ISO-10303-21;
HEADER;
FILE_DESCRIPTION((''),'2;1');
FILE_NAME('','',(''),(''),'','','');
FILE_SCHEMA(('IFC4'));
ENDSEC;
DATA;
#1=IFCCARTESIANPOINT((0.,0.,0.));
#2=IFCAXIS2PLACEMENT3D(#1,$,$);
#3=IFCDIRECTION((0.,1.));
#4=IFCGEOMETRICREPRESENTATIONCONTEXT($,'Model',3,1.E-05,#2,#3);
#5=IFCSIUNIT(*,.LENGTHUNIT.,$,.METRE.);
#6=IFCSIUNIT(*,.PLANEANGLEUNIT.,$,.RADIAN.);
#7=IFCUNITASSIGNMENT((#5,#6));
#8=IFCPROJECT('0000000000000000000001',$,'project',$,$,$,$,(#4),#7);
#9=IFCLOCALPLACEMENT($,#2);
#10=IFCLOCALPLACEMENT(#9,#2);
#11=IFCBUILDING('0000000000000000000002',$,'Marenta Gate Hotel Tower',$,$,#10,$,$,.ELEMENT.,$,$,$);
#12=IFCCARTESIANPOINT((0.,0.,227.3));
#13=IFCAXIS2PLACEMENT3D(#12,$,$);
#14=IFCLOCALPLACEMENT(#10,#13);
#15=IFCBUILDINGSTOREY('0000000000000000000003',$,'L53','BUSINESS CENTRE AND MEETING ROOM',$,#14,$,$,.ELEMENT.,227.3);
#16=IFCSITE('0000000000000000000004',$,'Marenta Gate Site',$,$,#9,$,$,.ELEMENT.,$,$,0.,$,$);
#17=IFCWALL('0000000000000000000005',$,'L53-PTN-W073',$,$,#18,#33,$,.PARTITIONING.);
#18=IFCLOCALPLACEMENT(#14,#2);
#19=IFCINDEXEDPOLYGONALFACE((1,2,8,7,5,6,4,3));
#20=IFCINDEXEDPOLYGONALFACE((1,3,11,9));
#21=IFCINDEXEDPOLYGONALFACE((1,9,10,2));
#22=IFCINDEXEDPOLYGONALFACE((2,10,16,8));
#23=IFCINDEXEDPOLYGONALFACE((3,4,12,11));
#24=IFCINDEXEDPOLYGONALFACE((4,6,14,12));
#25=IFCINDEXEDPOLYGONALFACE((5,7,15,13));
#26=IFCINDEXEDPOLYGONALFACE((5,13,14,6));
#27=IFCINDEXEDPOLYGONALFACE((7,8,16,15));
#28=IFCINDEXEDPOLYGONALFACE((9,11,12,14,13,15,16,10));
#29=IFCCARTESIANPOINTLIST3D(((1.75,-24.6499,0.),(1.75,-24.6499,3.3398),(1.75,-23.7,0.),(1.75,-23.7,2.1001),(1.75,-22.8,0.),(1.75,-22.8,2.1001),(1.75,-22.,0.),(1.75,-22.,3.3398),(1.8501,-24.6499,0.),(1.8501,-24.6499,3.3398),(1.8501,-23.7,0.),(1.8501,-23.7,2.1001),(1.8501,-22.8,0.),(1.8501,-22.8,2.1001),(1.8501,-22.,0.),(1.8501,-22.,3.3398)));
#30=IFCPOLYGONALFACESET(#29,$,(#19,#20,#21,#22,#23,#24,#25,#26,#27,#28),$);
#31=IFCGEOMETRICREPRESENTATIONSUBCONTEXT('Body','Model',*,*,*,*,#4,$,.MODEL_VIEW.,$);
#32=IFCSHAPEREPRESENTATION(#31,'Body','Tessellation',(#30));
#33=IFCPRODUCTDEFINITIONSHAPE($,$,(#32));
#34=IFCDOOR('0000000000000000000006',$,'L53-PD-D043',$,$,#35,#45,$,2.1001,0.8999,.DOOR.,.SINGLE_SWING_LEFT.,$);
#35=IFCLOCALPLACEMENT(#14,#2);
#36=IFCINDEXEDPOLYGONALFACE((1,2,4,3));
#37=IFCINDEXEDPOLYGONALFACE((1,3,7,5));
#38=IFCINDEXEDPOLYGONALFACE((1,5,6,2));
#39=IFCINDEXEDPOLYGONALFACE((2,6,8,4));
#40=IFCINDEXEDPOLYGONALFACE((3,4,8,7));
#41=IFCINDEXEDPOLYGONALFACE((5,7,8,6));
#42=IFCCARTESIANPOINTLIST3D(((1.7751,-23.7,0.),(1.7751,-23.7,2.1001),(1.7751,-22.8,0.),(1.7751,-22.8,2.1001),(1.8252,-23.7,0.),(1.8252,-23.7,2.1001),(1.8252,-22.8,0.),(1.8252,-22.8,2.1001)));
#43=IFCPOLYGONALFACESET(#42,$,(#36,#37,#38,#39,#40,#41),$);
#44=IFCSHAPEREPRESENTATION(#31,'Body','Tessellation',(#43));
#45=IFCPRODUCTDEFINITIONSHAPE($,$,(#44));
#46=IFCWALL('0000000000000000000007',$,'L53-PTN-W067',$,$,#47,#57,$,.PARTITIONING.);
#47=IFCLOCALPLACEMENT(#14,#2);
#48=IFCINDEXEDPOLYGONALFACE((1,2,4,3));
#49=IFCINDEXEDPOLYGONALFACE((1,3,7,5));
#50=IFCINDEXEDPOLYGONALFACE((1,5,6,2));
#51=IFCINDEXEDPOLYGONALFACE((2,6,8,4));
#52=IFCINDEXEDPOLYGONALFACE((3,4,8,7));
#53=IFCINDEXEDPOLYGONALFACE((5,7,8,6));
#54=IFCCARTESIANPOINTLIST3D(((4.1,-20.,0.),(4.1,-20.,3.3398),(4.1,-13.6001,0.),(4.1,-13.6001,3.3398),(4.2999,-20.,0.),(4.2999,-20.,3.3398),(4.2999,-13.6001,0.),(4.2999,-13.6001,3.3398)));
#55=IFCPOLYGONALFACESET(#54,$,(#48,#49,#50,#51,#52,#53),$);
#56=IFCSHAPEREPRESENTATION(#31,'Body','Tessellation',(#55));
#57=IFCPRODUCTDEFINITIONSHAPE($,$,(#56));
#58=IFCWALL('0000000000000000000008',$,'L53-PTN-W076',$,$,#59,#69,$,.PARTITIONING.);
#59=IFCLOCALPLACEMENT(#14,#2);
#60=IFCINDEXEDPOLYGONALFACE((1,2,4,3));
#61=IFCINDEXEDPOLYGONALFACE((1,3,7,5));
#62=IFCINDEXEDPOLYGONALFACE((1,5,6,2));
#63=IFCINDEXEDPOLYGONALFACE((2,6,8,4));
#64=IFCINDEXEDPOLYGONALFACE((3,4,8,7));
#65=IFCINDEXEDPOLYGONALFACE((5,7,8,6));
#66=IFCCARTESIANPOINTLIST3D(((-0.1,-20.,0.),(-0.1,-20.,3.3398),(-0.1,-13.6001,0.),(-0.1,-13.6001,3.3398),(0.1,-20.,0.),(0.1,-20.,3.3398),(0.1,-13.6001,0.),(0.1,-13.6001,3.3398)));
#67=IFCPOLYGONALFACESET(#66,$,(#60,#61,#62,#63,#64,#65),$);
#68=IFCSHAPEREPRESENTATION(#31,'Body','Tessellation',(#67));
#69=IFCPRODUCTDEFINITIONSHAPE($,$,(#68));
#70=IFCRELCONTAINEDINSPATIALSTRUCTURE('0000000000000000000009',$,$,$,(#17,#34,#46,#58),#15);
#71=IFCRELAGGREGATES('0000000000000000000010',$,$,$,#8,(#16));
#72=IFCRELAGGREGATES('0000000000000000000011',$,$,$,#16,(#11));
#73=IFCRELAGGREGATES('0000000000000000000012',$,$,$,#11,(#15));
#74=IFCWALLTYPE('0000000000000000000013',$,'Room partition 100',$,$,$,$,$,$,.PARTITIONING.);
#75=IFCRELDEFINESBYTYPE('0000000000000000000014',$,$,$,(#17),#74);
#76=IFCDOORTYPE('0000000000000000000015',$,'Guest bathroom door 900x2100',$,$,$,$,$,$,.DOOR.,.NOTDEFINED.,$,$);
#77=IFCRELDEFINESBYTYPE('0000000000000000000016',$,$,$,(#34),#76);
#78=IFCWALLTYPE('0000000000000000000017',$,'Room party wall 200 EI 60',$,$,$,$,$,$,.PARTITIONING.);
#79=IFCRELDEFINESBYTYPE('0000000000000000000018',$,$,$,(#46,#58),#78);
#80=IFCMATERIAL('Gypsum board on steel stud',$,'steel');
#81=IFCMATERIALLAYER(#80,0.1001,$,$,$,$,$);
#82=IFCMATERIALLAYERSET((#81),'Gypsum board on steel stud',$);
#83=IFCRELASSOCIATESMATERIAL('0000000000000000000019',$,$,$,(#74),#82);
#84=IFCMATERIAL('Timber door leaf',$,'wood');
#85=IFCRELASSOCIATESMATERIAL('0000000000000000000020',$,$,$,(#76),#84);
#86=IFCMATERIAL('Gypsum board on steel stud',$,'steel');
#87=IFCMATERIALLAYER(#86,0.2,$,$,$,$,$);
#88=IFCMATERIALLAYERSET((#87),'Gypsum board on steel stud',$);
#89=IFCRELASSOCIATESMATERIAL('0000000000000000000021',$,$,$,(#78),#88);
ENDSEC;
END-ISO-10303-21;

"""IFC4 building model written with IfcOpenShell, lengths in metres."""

from ifc_helpers import new_model, si_unit, direction, frame, frame_2d, origin, place, context, subcontext, project, spatial, rectangle, extrude, material, layer, layer_set, type_object, element, fill, save


model = new_model("IFC4")

# Units and contexts
model_context = context("Model", 3, precision=1e-05, world=origin(), true_north=direction((0.0, 1.0)))
body_context = subcontext(model_context, "Body", "Model", "MODEL_VIEW")
ifc_project = project(units=[si_unit("LENGTHUNIT", "METRE"), si_unit("PLANEANGLEUNIT", "RADIAN")], contexts=[model_context])

# Site, building, storey
site_placement = place(None, origin())
site = spatial("IfcSite", under=ifc_project, at=site_placement, Name="Marenta Gate Site", CompositionType="ELEMENT", RefElevation=0.0)
building_placement = place(site_placement, origin())
building = spatial("IfcBuilding", under=site, at=building_placement, Name="Marenta Gate Hotel Tower", CompositionType="ELEMENT")
storey_placement = place(building_placement, frame((0.0, 0.0, 227.3)))
storey = spatial("IfcBuildingStorey", under=building, at=storey_placement, Name="L53", Description="BUSINESS CENTRE AND MEETING ROOM", CompositionType="ELEMENT", Elevation=227.3)

# Shared definitions
ifc_material_1 = material(Name="Gypsum board on steel stud", Category="steel")
ifc_layer_1 = layer(ifc_material_1, 0.1001)
ifc_layer_set_1 = layer_set([ifc_layer_1], Name="Gypsum board on steel stud")
wall_type_1 = type_object("IfcWallType", Name="Room partition 100", PredefinedType="PARTITIONING", material=ifc_layer_set_1)

# Shared definitions
ifc_material_2 = material(Name="Timber door leaf", Category="wood")
door_type_1 = type_object("IfcDoorType", Name="Guest bathroom door 900x2100", OperationType="NOTDEFINED", PredefinedType="DOOR", material=ifc_material_2)

# Wall, opening, door
wall_1_placement = place(storey_placement, frame((1.8, -24.6499, 0.0), z_axis=(0.0, 0.0, 1.0), x_axis=(0.0, 1.0, 0.0)))
wall_1 = element("IfcWall", 1, at=wall_1_placement, inside=storey, type_object=wall_type_1, Name="L53-PTN-W073", PredefinedType="PARTITIONING", context=body_context, shape_type="SweptSolid", body=[
    extrude(rectangle(XDim=2.6499, YDim=0.1001, at=frame_2d((1.325, 0.0))), origin(), (0.0, 0.0, 1.0), 3.3398),
])
opening_1_placement = place(wall_1_placement, frame((0.95, 0.0, 0.0)))
opening_1 = element("IfcOpeningElement", 2, at=opening_1_placement, cuts=wall_1, PredefinedType="OPENING", context=body_context, shape_type="SweptSolid", body=[
    extrude(rectangle(XDim=0.8999, YDim=2.1001, at=frame_2d((0.45, 1.05))), frame((0.0, 0.05, 0.0), z_axis=(0.0, -1.0, 0.0), x_axis=(1.0, 0.0, 0.0)), (0.0, 0.0, 1.0), 0.1001),
])
door_1_placement = place(opening_1_placement, origin())
door_1 = element("IfcDoor", 3, at=door_1_placement, inside=storey, type_object=door_type_1, Name="L53-PD-D043", OperationType="SINGLE_SWING_LEFT", OverallHeight=2.1001, OverallWidth=0.8999, PredefinedType="DOOR", context=body_context, shape_type="SweptSolid", body=[
    extrude(rectangle(XDim=0.8999, YDim=2.1001, at=frame_2d((0.45, 1.05))), frame((0.0, 0.0249, 0.0), z_axis=(0.0, -1.0, 0.0), x_axis=(1.0, 0.0, 0.0)), (0.0, 0.0, 1.0), 0.05),
])
fill(opening_1, door_1)

# Walls
ifc_material_3 = material(Name="Gypsum board on steel stud", Category="steel")
ifc_layer_2 = layer(ifc_material_3, 0.2)
ifc_layer_set_2 = layer_set([ifc_layer_2], Name="Gypsum board on steel stud")
wall_type_2 = type_object("IfcWallType", Name="Room party wall 200 EI 60", PredefinedType="PARTITIONING", material=ifc_layer_set_2)
for number, where, z_axis, x_axis, name in (
    (4, (4.2, -20.0, 0.0), (0.0, 0.0, 1.0), (0.0, 1.0, 0.0), "L53-PTN-W067"),
    (5, (0.0, -20.0, 0.0), (0.0, 0.0, 1.0), (0.0, 1.0, 0.0), "L53-PTN-W076"),
):
    element("IfcWall", number, at=place(storey_placement, frame(where, z_axis=z_axis, x_axis=x_axis)), inside=storey, type_object=wall_type_2, Name=name, PredefinedType="PARTITIONING", context=body_context, shape_type="SweptSolid", body=[
        extrude(rectangle(XDim=6.3999, YDim=0.2, at=frame_2d((3.2, 0.0))), origin(), (0.0, 0.0, 1.0), 3.3398),
    ])

save(model, "model.ifc")
